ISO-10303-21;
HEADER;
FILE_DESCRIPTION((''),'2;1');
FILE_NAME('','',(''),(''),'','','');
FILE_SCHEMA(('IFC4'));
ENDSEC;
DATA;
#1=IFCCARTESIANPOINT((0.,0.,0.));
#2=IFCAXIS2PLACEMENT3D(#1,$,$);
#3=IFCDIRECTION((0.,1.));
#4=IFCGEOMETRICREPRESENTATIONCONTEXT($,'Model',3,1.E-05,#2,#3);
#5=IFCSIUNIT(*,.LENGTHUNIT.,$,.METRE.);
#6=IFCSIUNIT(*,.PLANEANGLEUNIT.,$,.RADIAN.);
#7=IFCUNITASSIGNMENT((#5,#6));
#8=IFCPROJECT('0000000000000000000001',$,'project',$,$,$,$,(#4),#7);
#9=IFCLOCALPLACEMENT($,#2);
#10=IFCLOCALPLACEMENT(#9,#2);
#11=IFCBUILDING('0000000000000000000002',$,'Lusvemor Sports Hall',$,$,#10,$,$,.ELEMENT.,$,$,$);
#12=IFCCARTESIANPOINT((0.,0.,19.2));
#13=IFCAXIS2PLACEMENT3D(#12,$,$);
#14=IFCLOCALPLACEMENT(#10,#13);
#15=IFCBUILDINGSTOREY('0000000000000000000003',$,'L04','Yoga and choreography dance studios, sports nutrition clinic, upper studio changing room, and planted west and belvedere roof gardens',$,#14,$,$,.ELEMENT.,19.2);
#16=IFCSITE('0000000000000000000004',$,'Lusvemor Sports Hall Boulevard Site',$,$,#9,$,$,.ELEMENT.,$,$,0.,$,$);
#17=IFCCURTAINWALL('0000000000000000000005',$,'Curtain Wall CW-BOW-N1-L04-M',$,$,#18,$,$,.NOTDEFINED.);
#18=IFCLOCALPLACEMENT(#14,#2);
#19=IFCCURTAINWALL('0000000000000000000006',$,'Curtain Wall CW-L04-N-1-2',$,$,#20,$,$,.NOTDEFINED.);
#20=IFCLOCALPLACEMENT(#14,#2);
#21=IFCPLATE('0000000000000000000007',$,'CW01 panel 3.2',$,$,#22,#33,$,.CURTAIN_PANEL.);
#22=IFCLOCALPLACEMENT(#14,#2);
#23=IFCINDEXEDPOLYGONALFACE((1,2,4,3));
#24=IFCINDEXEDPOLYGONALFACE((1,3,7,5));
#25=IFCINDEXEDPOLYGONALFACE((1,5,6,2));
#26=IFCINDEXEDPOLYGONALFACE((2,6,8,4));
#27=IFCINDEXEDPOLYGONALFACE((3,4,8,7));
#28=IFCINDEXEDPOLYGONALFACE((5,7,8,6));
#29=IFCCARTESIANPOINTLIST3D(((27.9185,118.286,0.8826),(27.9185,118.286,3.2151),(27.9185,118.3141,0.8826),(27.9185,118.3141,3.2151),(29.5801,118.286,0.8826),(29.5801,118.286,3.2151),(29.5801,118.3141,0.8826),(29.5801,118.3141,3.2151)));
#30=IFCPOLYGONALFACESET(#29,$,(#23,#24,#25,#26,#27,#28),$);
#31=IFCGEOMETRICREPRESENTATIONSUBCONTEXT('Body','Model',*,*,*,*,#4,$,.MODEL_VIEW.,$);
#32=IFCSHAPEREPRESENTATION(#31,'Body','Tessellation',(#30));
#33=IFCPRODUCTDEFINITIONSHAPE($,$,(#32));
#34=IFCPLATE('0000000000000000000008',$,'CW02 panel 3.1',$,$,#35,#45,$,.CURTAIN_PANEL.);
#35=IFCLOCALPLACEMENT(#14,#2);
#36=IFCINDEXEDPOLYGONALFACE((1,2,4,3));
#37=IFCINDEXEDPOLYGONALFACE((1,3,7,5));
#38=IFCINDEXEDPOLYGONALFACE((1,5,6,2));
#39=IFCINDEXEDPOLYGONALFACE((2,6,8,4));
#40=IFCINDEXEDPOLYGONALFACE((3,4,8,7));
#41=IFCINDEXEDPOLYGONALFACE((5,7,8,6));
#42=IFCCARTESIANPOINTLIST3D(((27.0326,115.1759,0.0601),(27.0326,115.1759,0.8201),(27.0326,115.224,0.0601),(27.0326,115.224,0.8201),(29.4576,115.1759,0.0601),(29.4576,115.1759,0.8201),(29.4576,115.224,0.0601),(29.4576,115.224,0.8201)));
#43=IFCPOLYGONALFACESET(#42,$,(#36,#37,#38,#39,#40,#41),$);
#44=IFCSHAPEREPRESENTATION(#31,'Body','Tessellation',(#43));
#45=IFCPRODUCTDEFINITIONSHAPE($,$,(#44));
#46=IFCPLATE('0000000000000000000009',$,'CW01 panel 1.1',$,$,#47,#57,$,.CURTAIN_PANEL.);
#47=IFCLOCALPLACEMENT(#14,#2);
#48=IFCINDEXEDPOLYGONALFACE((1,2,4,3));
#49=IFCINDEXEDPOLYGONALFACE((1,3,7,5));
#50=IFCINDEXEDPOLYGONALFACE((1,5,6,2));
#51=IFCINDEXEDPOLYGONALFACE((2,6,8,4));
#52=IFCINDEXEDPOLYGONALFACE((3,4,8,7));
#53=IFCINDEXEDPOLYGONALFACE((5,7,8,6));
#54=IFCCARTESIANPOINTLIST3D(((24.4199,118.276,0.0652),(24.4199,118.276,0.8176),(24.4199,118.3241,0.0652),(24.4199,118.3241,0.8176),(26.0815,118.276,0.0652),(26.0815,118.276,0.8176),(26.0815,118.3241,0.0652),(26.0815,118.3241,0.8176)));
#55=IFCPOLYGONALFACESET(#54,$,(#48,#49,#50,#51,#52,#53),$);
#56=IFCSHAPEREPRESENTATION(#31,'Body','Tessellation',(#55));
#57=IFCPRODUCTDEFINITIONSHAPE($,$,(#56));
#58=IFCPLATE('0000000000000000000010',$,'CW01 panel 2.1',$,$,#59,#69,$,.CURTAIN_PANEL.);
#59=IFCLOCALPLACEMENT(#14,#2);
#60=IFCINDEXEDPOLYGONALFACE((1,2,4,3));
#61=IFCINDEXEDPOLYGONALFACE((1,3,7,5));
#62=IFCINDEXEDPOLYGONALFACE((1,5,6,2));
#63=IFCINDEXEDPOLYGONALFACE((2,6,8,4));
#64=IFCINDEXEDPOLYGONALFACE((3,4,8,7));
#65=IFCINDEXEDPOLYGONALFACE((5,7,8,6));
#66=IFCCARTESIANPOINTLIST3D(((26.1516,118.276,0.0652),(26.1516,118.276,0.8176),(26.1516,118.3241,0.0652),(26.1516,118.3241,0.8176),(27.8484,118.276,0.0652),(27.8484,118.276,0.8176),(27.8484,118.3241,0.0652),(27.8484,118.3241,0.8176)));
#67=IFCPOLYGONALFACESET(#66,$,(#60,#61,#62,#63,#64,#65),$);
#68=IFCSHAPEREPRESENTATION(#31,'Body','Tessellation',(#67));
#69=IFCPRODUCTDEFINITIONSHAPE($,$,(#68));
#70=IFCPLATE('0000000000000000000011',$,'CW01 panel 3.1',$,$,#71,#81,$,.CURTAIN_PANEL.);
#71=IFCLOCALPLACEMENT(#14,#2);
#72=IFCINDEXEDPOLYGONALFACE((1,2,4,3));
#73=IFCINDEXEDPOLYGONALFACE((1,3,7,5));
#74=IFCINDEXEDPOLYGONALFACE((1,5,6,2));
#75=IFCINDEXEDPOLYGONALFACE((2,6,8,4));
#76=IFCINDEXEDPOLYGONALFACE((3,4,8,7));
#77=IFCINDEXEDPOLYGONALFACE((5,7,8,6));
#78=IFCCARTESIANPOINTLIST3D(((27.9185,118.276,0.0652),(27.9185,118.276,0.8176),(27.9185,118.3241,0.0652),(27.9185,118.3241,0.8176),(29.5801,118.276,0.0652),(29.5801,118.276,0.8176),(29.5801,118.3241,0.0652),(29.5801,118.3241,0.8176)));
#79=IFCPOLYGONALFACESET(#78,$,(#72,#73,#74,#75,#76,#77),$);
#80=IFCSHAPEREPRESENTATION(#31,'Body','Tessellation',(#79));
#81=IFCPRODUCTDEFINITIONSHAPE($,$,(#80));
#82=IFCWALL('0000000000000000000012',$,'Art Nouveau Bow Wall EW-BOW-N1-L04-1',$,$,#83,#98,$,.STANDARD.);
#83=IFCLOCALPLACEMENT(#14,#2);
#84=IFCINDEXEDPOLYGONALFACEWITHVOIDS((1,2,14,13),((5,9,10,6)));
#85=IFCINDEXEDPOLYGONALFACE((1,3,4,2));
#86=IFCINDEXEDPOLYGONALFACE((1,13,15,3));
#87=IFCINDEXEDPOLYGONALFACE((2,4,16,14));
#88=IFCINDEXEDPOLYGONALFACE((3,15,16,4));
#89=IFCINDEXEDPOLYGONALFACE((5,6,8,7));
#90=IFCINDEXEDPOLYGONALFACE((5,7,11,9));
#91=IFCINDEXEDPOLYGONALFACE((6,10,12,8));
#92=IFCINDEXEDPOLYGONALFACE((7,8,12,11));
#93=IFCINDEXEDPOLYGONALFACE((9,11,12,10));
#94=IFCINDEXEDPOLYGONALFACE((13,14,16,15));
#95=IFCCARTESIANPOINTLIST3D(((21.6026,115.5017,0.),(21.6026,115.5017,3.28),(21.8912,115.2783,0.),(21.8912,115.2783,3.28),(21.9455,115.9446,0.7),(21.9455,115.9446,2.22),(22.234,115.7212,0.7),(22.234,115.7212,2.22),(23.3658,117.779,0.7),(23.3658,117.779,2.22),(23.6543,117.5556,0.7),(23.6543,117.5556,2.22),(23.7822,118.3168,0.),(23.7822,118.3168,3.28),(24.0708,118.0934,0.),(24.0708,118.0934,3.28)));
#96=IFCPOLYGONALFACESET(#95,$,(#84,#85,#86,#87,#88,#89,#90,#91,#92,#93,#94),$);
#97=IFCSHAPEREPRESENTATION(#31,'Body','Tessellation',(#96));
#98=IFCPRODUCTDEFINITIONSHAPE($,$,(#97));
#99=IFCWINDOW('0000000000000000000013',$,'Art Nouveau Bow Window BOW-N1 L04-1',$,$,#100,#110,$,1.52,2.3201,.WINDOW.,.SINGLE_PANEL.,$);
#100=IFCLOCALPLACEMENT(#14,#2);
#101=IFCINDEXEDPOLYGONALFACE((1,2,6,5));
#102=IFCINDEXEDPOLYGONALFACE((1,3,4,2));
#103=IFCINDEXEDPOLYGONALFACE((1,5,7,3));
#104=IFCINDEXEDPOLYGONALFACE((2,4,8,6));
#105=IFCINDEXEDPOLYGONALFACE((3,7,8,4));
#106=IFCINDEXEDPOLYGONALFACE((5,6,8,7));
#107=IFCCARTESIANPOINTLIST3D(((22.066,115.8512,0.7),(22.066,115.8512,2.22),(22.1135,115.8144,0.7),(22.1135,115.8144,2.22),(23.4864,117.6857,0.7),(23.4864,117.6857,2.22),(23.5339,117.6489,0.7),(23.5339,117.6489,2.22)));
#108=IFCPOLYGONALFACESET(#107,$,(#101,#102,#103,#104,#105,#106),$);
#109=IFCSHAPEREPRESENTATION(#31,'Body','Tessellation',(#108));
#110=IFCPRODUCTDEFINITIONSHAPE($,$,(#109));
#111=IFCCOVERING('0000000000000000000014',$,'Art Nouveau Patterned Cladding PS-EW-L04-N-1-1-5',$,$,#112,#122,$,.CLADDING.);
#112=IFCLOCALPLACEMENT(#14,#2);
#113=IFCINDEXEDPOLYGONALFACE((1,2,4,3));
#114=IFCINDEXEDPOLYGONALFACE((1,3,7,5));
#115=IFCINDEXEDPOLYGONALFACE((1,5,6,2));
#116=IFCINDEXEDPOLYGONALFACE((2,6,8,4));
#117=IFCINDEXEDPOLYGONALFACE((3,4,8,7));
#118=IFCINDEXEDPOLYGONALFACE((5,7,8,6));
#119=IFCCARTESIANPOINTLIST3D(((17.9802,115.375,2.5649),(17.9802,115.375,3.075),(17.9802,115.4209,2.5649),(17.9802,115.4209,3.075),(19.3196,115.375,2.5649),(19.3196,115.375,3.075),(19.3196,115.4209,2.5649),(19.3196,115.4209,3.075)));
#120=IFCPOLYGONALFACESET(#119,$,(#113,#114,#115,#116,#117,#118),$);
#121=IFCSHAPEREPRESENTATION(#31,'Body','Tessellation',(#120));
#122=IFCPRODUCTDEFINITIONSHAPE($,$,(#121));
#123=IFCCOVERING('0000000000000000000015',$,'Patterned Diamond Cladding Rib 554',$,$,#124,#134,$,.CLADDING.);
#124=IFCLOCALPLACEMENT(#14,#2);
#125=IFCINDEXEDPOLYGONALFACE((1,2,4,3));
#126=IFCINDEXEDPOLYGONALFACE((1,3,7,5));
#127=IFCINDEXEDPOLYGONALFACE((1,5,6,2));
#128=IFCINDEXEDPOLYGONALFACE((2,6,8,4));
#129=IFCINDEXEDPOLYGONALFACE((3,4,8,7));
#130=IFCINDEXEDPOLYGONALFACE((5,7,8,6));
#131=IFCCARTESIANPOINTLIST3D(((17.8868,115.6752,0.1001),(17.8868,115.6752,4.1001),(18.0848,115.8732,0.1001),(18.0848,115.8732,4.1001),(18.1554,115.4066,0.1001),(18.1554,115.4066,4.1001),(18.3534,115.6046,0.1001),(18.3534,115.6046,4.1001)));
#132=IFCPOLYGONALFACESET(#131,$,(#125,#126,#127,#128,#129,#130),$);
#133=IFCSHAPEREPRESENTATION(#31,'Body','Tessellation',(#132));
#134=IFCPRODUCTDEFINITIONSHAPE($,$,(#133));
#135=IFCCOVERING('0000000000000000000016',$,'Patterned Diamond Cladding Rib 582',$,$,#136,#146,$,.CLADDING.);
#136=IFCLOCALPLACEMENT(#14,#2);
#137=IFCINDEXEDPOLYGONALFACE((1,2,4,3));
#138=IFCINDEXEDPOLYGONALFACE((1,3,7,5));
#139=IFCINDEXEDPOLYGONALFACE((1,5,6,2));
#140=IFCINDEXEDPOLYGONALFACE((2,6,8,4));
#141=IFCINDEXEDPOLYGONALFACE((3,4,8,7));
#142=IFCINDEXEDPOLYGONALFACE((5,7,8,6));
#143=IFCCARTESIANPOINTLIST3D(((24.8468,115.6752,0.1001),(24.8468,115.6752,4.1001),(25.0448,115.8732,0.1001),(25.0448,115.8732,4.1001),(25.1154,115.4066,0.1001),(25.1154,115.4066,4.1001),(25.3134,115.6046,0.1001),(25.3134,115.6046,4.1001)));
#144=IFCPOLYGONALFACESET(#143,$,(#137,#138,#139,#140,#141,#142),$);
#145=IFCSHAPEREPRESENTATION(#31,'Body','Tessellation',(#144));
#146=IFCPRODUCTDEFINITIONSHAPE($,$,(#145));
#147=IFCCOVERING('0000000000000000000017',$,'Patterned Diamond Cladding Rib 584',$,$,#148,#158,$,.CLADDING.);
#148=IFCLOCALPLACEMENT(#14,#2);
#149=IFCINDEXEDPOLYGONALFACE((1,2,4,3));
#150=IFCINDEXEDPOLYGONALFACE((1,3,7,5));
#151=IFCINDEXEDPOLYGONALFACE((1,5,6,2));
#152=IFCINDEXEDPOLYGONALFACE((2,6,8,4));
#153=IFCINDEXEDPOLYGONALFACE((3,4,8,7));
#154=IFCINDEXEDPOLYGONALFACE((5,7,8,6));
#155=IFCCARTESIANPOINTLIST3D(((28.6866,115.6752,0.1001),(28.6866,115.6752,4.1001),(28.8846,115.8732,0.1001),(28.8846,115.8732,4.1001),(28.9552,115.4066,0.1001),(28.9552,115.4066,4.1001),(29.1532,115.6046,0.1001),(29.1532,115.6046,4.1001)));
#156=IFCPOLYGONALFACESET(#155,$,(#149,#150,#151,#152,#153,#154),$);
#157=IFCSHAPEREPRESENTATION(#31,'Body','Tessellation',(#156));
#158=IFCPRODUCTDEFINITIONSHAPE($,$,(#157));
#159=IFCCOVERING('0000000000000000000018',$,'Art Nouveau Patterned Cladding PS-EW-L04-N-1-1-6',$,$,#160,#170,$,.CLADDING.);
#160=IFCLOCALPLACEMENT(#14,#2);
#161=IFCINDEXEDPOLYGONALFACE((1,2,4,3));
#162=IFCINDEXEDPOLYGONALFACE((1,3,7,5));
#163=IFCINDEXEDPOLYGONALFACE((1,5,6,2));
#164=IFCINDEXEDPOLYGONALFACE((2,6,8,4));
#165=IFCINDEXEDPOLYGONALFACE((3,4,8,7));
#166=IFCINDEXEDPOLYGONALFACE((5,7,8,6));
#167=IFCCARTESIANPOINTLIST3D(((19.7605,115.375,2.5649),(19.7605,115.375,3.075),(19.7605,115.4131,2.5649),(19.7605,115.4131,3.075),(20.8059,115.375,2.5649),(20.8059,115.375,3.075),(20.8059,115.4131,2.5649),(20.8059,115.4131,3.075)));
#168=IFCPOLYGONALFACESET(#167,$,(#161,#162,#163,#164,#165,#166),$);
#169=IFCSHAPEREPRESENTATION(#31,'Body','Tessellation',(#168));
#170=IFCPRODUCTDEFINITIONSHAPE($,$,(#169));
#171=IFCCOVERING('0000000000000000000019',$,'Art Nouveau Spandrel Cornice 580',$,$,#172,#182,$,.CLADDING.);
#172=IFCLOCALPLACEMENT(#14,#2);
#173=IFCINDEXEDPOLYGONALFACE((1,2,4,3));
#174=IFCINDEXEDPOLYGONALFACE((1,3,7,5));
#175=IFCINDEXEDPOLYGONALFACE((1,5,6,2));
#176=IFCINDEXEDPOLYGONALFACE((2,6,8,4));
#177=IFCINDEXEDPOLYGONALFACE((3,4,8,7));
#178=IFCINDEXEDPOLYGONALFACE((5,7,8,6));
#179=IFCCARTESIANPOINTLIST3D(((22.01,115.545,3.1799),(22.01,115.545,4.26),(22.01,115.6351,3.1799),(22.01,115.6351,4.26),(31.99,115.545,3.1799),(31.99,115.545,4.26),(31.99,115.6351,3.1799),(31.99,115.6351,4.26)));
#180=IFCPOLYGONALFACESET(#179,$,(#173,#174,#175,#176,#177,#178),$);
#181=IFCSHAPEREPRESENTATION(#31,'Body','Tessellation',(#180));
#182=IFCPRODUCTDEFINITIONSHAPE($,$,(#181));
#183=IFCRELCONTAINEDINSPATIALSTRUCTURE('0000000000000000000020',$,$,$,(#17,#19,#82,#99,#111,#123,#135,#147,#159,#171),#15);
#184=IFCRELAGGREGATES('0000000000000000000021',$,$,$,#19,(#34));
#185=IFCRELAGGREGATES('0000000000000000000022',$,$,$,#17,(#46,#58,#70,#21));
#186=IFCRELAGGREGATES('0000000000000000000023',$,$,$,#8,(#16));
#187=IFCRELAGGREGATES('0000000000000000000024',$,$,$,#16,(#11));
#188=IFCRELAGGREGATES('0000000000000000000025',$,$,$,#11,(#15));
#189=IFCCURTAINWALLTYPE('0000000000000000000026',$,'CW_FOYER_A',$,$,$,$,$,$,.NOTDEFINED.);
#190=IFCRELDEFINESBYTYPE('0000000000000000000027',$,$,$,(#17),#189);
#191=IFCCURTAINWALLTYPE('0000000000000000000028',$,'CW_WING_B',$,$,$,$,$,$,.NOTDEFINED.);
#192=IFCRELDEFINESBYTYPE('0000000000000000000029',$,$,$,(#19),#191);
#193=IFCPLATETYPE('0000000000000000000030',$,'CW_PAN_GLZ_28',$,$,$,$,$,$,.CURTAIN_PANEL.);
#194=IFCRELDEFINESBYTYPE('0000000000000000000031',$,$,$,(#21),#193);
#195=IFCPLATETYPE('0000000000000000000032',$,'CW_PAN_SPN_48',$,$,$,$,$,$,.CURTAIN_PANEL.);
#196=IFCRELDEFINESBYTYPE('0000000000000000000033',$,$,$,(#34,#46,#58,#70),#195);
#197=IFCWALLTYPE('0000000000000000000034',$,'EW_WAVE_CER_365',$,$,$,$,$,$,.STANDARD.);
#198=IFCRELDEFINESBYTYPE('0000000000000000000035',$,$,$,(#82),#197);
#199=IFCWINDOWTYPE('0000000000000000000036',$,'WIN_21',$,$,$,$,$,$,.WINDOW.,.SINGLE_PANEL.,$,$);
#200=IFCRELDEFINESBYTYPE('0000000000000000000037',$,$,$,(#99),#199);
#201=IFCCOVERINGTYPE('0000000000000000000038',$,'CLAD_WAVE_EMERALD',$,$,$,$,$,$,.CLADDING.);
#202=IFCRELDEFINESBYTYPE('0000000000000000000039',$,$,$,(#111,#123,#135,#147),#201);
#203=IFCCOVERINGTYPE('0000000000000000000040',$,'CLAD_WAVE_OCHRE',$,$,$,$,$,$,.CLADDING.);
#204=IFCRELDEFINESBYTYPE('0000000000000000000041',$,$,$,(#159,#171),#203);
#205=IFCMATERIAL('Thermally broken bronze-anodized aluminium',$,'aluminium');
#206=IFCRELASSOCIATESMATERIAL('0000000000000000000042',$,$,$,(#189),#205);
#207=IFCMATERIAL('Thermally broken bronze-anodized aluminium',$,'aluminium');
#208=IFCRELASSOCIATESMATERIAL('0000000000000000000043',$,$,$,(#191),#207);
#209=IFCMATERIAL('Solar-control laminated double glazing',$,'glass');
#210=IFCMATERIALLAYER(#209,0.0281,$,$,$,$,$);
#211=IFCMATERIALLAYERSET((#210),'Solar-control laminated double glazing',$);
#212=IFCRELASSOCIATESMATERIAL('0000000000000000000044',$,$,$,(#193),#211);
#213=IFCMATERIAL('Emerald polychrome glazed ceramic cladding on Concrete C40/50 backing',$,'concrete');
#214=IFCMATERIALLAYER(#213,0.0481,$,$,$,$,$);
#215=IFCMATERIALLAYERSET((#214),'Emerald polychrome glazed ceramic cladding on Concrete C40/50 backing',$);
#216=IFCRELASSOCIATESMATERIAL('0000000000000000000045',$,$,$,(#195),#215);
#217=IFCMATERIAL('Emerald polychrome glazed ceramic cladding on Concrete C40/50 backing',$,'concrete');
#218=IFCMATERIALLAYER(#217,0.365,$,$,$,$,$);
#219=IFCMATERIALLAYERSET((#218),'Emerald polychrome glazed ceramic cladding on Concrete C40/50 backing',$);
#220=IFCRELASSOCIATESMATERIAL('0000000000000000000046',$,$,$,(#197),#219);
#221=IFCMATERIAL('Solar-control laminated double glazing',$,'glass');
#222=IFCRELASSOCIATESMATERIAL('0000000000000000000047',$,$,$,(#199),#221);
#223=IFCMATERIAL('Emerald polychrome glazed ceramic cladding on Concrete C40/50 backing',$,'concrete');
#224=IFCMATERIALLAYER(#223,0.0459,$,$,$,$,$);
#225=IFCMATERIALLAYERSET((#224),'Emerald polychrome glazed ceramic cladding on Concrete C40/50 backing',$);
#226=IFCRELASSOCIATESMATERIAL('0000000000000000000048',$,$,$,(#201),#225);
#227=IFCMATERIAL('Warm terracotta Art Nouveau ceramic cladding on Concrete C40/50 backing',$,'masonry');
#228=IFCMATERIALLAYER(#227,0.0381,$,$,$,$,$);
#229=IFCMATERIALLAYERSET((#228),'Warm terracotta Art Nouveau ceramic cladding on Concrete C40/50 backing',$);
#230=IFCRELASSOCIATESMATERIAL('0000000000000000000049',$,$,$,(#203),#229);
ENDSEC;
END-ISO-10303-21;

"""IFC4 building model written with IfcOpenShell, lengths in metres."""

from ifc_helpers import new_model, si_unit, direction, frame, frame_2d, origin, origin_2d, place, context, subcontext, project, spatial, rectangle, extrude, material, layer, layer_set, type_object, element, fill, aggregate, save


model = new_model("IFC4")

# Units and contexts
model_context = context("Model", 3, precision=1e-05, world=origin(), true_north=direction((0.0, 1.0)))
body_context = subcontext(model_context, "Body", "Model", "MODEL_VIEW")
ifc_project = project(units=[si_unit("LENGTHUNIT", "METRE"), si_unit("PLANEANGLEUNIT", "RADIAN")], contexts=[model_context])

# Site, building, storey
site_placement = place(None, origin())
site = spatial("IfcSite", under=ifc_project, at=site_placement, Name="Lusvemor Sports Hall Boulevard Site", CompositionType="ELEMENT", RefElevation=0.0)
building_placement = place(site_placement, origin())
building = spatial("IfcBuilding", under=site, at=building_placement, Name="Lusvemor Sports Hall", CompositionType="ELEMENT")
storey_placement = place(building_placement, frame((0.0, 0.0, 19.2)))
storey = spatial("IfcBuildingStorey", under=building, at=storey_placement, Name="L04", Description="Yoga and choreography dance studios, sports nutrition clinic, upper studio changing room, and planted west and belvedere roof gardens", CompositionType="ELEMENT", Elevation=19.2)

# Curtain wall
ifc_material_1 = material(Name="Thermally broken bronze-anodized aluminium", Category="aluminium")
curtain_wall_type_1 = type_object("IfcCurtainWallType", Name="CW_FOYER_A", PredefinedType="NOTDEFINED", material=ifc_material_1)
curtain_wall_1_placement = place(storey_placement, origin())
curtain_wall_1 = element("IfcCurtainWall", 1, at=curtain_wall_1_placement, inside=storey, type_object=curtain_wall_type_1, Name="Curtain Wall CW-BOW-N1-L04-M", PredefinedType="NOTDEFINED")

# Curtain wall
ifc_material_2 = material(Name="Thermally broken bronze-anodized aluminium", Category="aluminium")
curtain_wall_type_2 = type_object("IfcCurtainWallType", Name="CW_WING_B", PredefinedType="NOTDEFINED", material=ifc_material_2)
curtain_wall_2_placement = place(storey_placement, origin())
curtain_wall_2 = element("IfcCurtainWall", 2, at=curtain_wall_2_placement, inside=storey, type_object=curtain_wall_type_2, Name="Curtain Wall CW-L04-N-1-2", PredefinedType="NOTDEFINED")

# Plates
ifc_material_3 = material(Name="Solar-control laminated double glazing", Category="glass")
ifc_layer_1 = layer(ifc_material_3, 0.0281)
ifc_layer_set_1 = layer_set([ifc_layer_1], Name="Solar-control laminated double glazing")
plate_type_1 = type_object("IfcPlateType", Name="CW_PAN_GLZ_28", PredefinedType="CURTAIN_PANEL", material=ifc_layer_set_1)
plate_1_placement = place(storey_placement, frame((28.7493, 118.3, 0.8826), z_axis=(0.0, 0.0, 1.0), x_axis=(1.0, 0.0, 0.0)))
plate_1 = element("IfcPlate", 3, at=plate_1_placement, type_object=plate_type_1, Name="CW01 panel 3.2", PredefinedType="CURTAIN_PANEL", context=body_context, shape_type="SweptSolid", body=[
    extrude(rectangle(XDim=1.6616, YDim=0.0281, at=origin_2d()), origin(), (0.0, 0.0, 1.0), 2.3325),
])
ifc_material_4 = material(Name="Emerald polychrome glazed ceramic cladding on Concrete C40/50 backing", Category="concrete")
ifc_layer_2 = layer(ifc_material_4, 0.0481)
ifc_layer_set_2 = layer_set([ifc_layer_2], Name="Emerald polychrome glazed ceramic cladding on Concrete C40/50 backing")
plate_type_2 = type_object("IfcPlateType", Name="CW_PAN_SPN_48", PredefinedType="CURTAIN_PANEL", material=ifc_layer_set_2)
plate_2_placement = place(storey_placement, frame((28.2451, 115.2, 0.0601), z_axis=(0.0, 0.0, 1.0), x_axis=(1.0, 0.0, 0.0)))
plate_2 = element("IfcPlate", 4, at=plate_2_placement, type_object=plate_type_2, Name="CW02 panel 3.1", PredefinedType="CURTAIN_PANEL", context=body_context, shape_type="SweptSolid", body=[
    extrude(rectangle(XDim=2.425, YDim=0.0481, at=origin_2d()), origin(), (0.0, 0.0, 1.0), 0.76),
])
aggregate(curtain_wall_2, [plate_2])
plate_3_placement = place(storey_placement, frame((25.2507, 118.3, 0.0652), z_axis=(0.0, 0.0, 1.0), x_axis=(1.0, 0.0, 0.0)))
plate_3 = element("IfcPlate", 5, at=plate_3_placement, type_object=plate_type_2, Name="CW01 panel 1.1", PredefinedType="CURTAIN_PANEL", context=body_context, shape_type="SweptSolid", body=[
    extrude(rectangle(XDim=1.6616, YDim=0.0481, at=origin_2d()), origin(), (0.0, 0.0, 1.0), 0.7524),
])
plate_4_placement = place(storey_placement, frame((27.0, 118.3, 0.0652), z_axis=(0.0, 0.0, 1.0), x_axis=(1.0, 0.0, 0.0)))
plate_4 = element("IfcPlate", 6, at=plate_4_placement, type_object=plate_type_2, Name="CW01 panel 2.1", PredefinedType="CURTAIN_PANEL", context=body_context, shape_type="SweptSolid", body=[
    extrude(rectangle(XDim=1.6968, YDim=0.0481, at=origin_2d()), origin(), (0.0, 0.0, 1.0), 0.7524),
])
plate_5_placement = place(storey_placement, frame((28.7493, 118.3, 0.0652), z_axis=(0.0, 0.0, 1.0), x_axis=(1.0, 0.0, 0.0)))
plate_5 = element("IfcPlate", 7, at=plate_5_placement, type_object=plate_type_2, Name="CW01 panel 3.1", PredefinedType="CURTAIN_PANEL", context=body_context, shape_type="SweptSolid", body=[
    extrude(rectangle(XDim=1.6616, YDim=0.0481, at=origin_2d()), origin(), (0.0, 0.0, 1.0), 0.7524),
])
aggregate(curtain_wall_1, [plate_3, plate_4, plate_5, plate_1])

# Wall, opening, window
ifc_material_5 = material(Name="Emerald polychrome glazed ceramic cladding on Concrete C40/50 backing", Category="concrete")
ifc_layer_3 = layer(ifc_material_5, 0.365)
ifc_layer_set_3 = layer_set([ifc_layer_3], Name="Emerald polychrome glazed ceramic cladding on Concrete C40/50 backing")
wall_type = type_object("IfcWallType", Name="EW_WAVE_CER_365", PredefinedType="STANDARD", material=ifc_layer_set_3)
wall_placement = place(storey_placement, frame((21.7468, 115.3899, 0.0), z_axis=(0.0, 0.0, 1.0), x_axis=(0.612206, 0.790698, 0.0)))
wall = element("IfcWall", 8, at=wall_placement, inside=storey, type_object=wall_type, Name="Art Nouveau Bow Wall EW-BOW-N1-L04-1", PredefinedType="STANDARD", context=body_context, shape_type="SweptSolid", body=[
    extrude(rectangle(XDim=3.5603, YDim=0.365, at=frame_2d((1.7803, 0.0))), origin(), (0.0, 0.0, 1.0), 3.28),
])
opening_placement = place(wall_placement, frame((0.5601, 0.0, 0.7)))
opening = element("IfcOpeningElement", 9, at=opening_placement, cuts=wall, PredefinedType="OPENING", context=body_context, shape_type="SweptSolid", body=[
    extrude(rectangle(XDim=2.3201, YDim=1.52, at=frame_2d((1.1602, 0.76))), frame((0.0, 0.1826, 0.0), z_axis=(0.0, -1.0, 0.0), x_axis=(1.0, 0.0, 0.0)), (0.0, 0.0, 1.0), 0.365),
])
ifc_material_6 = material(Name="Solar-control laminated double glazing", Category="glass")
window_type = type_object("IfcWindowType", Name="WIN_21", PartitioningType="SINGLE_PANEL", PredefinedType="WINDOW", material=ifc_material_6)
window_placement = place(opening_placement, origin())
window = element("IfcWindow", 10, at=window_placement, inside=storey, type_object=window_type, Name="Art Nouveau Bow Window BOW-N1 L04-1", OverallHeight=1.52, OverallWidth=2.3201, PartitioningType="SINGLE_PANEL", PredefinedType="WINDOW", context=body_context, shape_type="SweptSolid", body=[
    extrude(rectangle(XDim=2.3201, YDim=1.52, at=frame_2d((1.1602, 0.76))), frame((0.0, 0.03, 0.0), z_axis=(0.0, -1.0, 0.0), x_axis=(1.0, 0.0, 0.0)), (0.0, 0.0, 1.0), 0.0601),
])
fill(opening, window)

# Coverings
ifc_material_7 = material(Name="Emerald polychrome glazed ceramic cladding on Concrete C40/50 backing", Category="concrete")
ifc_layer_4 = layer(ifc_material_7, 0.0459)
ifc_layer_set_4 = layer_set([ifc_layer_4], Name="Emerald polychrome glazed ceramic cladding on Concrete C40/50 backing")
covering_type_1 = type_object("IfcCoveringType", Name="CLAD_WAVE_EMERALD", PredefinedType="CLADDING", material=ifc_layer_set_4)
covering_1_placement = place(storey_placement, frame((18.6499, 115.3979, 2.5649), z_axis=(0.0, 0.0, 1.0), x_axis=(1.0, 0.0, 0.0)))
element("IfcCovering", 11, at=covering_1_placement, inside=storey, type_object=covering_type_1, Name="Art Nouveau Patterned Cladding PS-EW-L04-N-1-1-5", PredefinedType="CLADDING", context=body_context, shape_type="SweptSolid", body=[
    extrude(rectangle(XDim=1.3394, YDim=0.0459, at=origin_2d()), origin(), (0.0, 0.0, 1.0), 0.51),
])
for number, where, z_axis, x_axis, name in (
    (12, (18.1201, 115.6399, 0.1001), (0.0, 0.0, 1.0), (0.707107, 0.707107, 0.0), "Patterned Diamond Cladding Rib 554"),
    (13, (25.0801, 115.6399, 0.1001), (0.0, 0.0, 1.0), (0.707107, 0.707107, 0.0), "Patterned Diamond Cladding Rib 582"),
    (14, (28.9199, 115.6399, 0.1001), (0.0, 0.0, 1.0), (0.707107, 0.707107, 0.0), "Patterned Diamond Cladding Rib 584"),
):
    element("IfcCovering", number, at=place(storey_placement, frame(where, z_axis=z_axis, x_axis=x_axis)), inside=storey, type_object=covering_type_1, Name=name, PredefinedType="CLADDING", context=body_context, shape_type="SweptSolid", body=[
        extrude(rectangle(XDim=0.28, YDim=0.3799, at=origin_2d()), origin(), (0.0, 0.0, 1.0), 4.0),
    ])
ifc_material_8 = material(Name="Warm terracotta Art Nouveau ceramic cladding on Concrete C40/50 backing", Category="masonry")
ifc_layer_5 = layer(ifc_material_8, 0.0381)
ifc_layer_set_5 = layer_set([ifc_layer_5], Name="Warm terracotta Art Nouveau ceramic cladding on Concrete C40/50 backing")
covering_type_2 = type_object("IfcCoveringType", Name="CLAD_WAVE_OCHRE", PredefinedType="CLADDING", material=ifc_layer_set_5)
covering_2_placement = place(storey_placement, frame((20.2832, 115.394, 2.5649), z_axis=(0.0, 0.0, 1.0), x_axis=(1.0, 0.0, 0.0)))
element("IfcCovering", 15, at=covering_2_placement, inside=storey, type_object=covering_type_2, Name="Art Nouveau Patterned Cladding PS-EW-L04-N-1-1-6", PredefinedType="CLADDING", context=body_context, shape_type="SweptSolid", body=[
    extrude(rectangle(XDim=1.0454, YDim=0.0381, at=origin_2d()), origin(), (0.0, 0.0, 1.0), 0.51),
])
covering_3_placement = place(storey_placement, frame((27.0, 115.5901, 3.1799), z_axis=(0.0, 0.0, 1.0), x_axis=(1.0, 0.0, 0.0)))
element("IfcCovering", 16, at=covering_3_placement, inside=storey, type_object=covering_type_2, Name="Art Nouveau Spandrel Cornice 580", PredefinedType="CLADDING", context=body_context, shape_type="SweptSolid", body=[
    extrude(rectangle(XDim=9.98, YDim=0.0901, at=origin_2d()), origin(), (0.0, 0.0, 1.0), 1.0801),
])

save(model, "model.ifc")
